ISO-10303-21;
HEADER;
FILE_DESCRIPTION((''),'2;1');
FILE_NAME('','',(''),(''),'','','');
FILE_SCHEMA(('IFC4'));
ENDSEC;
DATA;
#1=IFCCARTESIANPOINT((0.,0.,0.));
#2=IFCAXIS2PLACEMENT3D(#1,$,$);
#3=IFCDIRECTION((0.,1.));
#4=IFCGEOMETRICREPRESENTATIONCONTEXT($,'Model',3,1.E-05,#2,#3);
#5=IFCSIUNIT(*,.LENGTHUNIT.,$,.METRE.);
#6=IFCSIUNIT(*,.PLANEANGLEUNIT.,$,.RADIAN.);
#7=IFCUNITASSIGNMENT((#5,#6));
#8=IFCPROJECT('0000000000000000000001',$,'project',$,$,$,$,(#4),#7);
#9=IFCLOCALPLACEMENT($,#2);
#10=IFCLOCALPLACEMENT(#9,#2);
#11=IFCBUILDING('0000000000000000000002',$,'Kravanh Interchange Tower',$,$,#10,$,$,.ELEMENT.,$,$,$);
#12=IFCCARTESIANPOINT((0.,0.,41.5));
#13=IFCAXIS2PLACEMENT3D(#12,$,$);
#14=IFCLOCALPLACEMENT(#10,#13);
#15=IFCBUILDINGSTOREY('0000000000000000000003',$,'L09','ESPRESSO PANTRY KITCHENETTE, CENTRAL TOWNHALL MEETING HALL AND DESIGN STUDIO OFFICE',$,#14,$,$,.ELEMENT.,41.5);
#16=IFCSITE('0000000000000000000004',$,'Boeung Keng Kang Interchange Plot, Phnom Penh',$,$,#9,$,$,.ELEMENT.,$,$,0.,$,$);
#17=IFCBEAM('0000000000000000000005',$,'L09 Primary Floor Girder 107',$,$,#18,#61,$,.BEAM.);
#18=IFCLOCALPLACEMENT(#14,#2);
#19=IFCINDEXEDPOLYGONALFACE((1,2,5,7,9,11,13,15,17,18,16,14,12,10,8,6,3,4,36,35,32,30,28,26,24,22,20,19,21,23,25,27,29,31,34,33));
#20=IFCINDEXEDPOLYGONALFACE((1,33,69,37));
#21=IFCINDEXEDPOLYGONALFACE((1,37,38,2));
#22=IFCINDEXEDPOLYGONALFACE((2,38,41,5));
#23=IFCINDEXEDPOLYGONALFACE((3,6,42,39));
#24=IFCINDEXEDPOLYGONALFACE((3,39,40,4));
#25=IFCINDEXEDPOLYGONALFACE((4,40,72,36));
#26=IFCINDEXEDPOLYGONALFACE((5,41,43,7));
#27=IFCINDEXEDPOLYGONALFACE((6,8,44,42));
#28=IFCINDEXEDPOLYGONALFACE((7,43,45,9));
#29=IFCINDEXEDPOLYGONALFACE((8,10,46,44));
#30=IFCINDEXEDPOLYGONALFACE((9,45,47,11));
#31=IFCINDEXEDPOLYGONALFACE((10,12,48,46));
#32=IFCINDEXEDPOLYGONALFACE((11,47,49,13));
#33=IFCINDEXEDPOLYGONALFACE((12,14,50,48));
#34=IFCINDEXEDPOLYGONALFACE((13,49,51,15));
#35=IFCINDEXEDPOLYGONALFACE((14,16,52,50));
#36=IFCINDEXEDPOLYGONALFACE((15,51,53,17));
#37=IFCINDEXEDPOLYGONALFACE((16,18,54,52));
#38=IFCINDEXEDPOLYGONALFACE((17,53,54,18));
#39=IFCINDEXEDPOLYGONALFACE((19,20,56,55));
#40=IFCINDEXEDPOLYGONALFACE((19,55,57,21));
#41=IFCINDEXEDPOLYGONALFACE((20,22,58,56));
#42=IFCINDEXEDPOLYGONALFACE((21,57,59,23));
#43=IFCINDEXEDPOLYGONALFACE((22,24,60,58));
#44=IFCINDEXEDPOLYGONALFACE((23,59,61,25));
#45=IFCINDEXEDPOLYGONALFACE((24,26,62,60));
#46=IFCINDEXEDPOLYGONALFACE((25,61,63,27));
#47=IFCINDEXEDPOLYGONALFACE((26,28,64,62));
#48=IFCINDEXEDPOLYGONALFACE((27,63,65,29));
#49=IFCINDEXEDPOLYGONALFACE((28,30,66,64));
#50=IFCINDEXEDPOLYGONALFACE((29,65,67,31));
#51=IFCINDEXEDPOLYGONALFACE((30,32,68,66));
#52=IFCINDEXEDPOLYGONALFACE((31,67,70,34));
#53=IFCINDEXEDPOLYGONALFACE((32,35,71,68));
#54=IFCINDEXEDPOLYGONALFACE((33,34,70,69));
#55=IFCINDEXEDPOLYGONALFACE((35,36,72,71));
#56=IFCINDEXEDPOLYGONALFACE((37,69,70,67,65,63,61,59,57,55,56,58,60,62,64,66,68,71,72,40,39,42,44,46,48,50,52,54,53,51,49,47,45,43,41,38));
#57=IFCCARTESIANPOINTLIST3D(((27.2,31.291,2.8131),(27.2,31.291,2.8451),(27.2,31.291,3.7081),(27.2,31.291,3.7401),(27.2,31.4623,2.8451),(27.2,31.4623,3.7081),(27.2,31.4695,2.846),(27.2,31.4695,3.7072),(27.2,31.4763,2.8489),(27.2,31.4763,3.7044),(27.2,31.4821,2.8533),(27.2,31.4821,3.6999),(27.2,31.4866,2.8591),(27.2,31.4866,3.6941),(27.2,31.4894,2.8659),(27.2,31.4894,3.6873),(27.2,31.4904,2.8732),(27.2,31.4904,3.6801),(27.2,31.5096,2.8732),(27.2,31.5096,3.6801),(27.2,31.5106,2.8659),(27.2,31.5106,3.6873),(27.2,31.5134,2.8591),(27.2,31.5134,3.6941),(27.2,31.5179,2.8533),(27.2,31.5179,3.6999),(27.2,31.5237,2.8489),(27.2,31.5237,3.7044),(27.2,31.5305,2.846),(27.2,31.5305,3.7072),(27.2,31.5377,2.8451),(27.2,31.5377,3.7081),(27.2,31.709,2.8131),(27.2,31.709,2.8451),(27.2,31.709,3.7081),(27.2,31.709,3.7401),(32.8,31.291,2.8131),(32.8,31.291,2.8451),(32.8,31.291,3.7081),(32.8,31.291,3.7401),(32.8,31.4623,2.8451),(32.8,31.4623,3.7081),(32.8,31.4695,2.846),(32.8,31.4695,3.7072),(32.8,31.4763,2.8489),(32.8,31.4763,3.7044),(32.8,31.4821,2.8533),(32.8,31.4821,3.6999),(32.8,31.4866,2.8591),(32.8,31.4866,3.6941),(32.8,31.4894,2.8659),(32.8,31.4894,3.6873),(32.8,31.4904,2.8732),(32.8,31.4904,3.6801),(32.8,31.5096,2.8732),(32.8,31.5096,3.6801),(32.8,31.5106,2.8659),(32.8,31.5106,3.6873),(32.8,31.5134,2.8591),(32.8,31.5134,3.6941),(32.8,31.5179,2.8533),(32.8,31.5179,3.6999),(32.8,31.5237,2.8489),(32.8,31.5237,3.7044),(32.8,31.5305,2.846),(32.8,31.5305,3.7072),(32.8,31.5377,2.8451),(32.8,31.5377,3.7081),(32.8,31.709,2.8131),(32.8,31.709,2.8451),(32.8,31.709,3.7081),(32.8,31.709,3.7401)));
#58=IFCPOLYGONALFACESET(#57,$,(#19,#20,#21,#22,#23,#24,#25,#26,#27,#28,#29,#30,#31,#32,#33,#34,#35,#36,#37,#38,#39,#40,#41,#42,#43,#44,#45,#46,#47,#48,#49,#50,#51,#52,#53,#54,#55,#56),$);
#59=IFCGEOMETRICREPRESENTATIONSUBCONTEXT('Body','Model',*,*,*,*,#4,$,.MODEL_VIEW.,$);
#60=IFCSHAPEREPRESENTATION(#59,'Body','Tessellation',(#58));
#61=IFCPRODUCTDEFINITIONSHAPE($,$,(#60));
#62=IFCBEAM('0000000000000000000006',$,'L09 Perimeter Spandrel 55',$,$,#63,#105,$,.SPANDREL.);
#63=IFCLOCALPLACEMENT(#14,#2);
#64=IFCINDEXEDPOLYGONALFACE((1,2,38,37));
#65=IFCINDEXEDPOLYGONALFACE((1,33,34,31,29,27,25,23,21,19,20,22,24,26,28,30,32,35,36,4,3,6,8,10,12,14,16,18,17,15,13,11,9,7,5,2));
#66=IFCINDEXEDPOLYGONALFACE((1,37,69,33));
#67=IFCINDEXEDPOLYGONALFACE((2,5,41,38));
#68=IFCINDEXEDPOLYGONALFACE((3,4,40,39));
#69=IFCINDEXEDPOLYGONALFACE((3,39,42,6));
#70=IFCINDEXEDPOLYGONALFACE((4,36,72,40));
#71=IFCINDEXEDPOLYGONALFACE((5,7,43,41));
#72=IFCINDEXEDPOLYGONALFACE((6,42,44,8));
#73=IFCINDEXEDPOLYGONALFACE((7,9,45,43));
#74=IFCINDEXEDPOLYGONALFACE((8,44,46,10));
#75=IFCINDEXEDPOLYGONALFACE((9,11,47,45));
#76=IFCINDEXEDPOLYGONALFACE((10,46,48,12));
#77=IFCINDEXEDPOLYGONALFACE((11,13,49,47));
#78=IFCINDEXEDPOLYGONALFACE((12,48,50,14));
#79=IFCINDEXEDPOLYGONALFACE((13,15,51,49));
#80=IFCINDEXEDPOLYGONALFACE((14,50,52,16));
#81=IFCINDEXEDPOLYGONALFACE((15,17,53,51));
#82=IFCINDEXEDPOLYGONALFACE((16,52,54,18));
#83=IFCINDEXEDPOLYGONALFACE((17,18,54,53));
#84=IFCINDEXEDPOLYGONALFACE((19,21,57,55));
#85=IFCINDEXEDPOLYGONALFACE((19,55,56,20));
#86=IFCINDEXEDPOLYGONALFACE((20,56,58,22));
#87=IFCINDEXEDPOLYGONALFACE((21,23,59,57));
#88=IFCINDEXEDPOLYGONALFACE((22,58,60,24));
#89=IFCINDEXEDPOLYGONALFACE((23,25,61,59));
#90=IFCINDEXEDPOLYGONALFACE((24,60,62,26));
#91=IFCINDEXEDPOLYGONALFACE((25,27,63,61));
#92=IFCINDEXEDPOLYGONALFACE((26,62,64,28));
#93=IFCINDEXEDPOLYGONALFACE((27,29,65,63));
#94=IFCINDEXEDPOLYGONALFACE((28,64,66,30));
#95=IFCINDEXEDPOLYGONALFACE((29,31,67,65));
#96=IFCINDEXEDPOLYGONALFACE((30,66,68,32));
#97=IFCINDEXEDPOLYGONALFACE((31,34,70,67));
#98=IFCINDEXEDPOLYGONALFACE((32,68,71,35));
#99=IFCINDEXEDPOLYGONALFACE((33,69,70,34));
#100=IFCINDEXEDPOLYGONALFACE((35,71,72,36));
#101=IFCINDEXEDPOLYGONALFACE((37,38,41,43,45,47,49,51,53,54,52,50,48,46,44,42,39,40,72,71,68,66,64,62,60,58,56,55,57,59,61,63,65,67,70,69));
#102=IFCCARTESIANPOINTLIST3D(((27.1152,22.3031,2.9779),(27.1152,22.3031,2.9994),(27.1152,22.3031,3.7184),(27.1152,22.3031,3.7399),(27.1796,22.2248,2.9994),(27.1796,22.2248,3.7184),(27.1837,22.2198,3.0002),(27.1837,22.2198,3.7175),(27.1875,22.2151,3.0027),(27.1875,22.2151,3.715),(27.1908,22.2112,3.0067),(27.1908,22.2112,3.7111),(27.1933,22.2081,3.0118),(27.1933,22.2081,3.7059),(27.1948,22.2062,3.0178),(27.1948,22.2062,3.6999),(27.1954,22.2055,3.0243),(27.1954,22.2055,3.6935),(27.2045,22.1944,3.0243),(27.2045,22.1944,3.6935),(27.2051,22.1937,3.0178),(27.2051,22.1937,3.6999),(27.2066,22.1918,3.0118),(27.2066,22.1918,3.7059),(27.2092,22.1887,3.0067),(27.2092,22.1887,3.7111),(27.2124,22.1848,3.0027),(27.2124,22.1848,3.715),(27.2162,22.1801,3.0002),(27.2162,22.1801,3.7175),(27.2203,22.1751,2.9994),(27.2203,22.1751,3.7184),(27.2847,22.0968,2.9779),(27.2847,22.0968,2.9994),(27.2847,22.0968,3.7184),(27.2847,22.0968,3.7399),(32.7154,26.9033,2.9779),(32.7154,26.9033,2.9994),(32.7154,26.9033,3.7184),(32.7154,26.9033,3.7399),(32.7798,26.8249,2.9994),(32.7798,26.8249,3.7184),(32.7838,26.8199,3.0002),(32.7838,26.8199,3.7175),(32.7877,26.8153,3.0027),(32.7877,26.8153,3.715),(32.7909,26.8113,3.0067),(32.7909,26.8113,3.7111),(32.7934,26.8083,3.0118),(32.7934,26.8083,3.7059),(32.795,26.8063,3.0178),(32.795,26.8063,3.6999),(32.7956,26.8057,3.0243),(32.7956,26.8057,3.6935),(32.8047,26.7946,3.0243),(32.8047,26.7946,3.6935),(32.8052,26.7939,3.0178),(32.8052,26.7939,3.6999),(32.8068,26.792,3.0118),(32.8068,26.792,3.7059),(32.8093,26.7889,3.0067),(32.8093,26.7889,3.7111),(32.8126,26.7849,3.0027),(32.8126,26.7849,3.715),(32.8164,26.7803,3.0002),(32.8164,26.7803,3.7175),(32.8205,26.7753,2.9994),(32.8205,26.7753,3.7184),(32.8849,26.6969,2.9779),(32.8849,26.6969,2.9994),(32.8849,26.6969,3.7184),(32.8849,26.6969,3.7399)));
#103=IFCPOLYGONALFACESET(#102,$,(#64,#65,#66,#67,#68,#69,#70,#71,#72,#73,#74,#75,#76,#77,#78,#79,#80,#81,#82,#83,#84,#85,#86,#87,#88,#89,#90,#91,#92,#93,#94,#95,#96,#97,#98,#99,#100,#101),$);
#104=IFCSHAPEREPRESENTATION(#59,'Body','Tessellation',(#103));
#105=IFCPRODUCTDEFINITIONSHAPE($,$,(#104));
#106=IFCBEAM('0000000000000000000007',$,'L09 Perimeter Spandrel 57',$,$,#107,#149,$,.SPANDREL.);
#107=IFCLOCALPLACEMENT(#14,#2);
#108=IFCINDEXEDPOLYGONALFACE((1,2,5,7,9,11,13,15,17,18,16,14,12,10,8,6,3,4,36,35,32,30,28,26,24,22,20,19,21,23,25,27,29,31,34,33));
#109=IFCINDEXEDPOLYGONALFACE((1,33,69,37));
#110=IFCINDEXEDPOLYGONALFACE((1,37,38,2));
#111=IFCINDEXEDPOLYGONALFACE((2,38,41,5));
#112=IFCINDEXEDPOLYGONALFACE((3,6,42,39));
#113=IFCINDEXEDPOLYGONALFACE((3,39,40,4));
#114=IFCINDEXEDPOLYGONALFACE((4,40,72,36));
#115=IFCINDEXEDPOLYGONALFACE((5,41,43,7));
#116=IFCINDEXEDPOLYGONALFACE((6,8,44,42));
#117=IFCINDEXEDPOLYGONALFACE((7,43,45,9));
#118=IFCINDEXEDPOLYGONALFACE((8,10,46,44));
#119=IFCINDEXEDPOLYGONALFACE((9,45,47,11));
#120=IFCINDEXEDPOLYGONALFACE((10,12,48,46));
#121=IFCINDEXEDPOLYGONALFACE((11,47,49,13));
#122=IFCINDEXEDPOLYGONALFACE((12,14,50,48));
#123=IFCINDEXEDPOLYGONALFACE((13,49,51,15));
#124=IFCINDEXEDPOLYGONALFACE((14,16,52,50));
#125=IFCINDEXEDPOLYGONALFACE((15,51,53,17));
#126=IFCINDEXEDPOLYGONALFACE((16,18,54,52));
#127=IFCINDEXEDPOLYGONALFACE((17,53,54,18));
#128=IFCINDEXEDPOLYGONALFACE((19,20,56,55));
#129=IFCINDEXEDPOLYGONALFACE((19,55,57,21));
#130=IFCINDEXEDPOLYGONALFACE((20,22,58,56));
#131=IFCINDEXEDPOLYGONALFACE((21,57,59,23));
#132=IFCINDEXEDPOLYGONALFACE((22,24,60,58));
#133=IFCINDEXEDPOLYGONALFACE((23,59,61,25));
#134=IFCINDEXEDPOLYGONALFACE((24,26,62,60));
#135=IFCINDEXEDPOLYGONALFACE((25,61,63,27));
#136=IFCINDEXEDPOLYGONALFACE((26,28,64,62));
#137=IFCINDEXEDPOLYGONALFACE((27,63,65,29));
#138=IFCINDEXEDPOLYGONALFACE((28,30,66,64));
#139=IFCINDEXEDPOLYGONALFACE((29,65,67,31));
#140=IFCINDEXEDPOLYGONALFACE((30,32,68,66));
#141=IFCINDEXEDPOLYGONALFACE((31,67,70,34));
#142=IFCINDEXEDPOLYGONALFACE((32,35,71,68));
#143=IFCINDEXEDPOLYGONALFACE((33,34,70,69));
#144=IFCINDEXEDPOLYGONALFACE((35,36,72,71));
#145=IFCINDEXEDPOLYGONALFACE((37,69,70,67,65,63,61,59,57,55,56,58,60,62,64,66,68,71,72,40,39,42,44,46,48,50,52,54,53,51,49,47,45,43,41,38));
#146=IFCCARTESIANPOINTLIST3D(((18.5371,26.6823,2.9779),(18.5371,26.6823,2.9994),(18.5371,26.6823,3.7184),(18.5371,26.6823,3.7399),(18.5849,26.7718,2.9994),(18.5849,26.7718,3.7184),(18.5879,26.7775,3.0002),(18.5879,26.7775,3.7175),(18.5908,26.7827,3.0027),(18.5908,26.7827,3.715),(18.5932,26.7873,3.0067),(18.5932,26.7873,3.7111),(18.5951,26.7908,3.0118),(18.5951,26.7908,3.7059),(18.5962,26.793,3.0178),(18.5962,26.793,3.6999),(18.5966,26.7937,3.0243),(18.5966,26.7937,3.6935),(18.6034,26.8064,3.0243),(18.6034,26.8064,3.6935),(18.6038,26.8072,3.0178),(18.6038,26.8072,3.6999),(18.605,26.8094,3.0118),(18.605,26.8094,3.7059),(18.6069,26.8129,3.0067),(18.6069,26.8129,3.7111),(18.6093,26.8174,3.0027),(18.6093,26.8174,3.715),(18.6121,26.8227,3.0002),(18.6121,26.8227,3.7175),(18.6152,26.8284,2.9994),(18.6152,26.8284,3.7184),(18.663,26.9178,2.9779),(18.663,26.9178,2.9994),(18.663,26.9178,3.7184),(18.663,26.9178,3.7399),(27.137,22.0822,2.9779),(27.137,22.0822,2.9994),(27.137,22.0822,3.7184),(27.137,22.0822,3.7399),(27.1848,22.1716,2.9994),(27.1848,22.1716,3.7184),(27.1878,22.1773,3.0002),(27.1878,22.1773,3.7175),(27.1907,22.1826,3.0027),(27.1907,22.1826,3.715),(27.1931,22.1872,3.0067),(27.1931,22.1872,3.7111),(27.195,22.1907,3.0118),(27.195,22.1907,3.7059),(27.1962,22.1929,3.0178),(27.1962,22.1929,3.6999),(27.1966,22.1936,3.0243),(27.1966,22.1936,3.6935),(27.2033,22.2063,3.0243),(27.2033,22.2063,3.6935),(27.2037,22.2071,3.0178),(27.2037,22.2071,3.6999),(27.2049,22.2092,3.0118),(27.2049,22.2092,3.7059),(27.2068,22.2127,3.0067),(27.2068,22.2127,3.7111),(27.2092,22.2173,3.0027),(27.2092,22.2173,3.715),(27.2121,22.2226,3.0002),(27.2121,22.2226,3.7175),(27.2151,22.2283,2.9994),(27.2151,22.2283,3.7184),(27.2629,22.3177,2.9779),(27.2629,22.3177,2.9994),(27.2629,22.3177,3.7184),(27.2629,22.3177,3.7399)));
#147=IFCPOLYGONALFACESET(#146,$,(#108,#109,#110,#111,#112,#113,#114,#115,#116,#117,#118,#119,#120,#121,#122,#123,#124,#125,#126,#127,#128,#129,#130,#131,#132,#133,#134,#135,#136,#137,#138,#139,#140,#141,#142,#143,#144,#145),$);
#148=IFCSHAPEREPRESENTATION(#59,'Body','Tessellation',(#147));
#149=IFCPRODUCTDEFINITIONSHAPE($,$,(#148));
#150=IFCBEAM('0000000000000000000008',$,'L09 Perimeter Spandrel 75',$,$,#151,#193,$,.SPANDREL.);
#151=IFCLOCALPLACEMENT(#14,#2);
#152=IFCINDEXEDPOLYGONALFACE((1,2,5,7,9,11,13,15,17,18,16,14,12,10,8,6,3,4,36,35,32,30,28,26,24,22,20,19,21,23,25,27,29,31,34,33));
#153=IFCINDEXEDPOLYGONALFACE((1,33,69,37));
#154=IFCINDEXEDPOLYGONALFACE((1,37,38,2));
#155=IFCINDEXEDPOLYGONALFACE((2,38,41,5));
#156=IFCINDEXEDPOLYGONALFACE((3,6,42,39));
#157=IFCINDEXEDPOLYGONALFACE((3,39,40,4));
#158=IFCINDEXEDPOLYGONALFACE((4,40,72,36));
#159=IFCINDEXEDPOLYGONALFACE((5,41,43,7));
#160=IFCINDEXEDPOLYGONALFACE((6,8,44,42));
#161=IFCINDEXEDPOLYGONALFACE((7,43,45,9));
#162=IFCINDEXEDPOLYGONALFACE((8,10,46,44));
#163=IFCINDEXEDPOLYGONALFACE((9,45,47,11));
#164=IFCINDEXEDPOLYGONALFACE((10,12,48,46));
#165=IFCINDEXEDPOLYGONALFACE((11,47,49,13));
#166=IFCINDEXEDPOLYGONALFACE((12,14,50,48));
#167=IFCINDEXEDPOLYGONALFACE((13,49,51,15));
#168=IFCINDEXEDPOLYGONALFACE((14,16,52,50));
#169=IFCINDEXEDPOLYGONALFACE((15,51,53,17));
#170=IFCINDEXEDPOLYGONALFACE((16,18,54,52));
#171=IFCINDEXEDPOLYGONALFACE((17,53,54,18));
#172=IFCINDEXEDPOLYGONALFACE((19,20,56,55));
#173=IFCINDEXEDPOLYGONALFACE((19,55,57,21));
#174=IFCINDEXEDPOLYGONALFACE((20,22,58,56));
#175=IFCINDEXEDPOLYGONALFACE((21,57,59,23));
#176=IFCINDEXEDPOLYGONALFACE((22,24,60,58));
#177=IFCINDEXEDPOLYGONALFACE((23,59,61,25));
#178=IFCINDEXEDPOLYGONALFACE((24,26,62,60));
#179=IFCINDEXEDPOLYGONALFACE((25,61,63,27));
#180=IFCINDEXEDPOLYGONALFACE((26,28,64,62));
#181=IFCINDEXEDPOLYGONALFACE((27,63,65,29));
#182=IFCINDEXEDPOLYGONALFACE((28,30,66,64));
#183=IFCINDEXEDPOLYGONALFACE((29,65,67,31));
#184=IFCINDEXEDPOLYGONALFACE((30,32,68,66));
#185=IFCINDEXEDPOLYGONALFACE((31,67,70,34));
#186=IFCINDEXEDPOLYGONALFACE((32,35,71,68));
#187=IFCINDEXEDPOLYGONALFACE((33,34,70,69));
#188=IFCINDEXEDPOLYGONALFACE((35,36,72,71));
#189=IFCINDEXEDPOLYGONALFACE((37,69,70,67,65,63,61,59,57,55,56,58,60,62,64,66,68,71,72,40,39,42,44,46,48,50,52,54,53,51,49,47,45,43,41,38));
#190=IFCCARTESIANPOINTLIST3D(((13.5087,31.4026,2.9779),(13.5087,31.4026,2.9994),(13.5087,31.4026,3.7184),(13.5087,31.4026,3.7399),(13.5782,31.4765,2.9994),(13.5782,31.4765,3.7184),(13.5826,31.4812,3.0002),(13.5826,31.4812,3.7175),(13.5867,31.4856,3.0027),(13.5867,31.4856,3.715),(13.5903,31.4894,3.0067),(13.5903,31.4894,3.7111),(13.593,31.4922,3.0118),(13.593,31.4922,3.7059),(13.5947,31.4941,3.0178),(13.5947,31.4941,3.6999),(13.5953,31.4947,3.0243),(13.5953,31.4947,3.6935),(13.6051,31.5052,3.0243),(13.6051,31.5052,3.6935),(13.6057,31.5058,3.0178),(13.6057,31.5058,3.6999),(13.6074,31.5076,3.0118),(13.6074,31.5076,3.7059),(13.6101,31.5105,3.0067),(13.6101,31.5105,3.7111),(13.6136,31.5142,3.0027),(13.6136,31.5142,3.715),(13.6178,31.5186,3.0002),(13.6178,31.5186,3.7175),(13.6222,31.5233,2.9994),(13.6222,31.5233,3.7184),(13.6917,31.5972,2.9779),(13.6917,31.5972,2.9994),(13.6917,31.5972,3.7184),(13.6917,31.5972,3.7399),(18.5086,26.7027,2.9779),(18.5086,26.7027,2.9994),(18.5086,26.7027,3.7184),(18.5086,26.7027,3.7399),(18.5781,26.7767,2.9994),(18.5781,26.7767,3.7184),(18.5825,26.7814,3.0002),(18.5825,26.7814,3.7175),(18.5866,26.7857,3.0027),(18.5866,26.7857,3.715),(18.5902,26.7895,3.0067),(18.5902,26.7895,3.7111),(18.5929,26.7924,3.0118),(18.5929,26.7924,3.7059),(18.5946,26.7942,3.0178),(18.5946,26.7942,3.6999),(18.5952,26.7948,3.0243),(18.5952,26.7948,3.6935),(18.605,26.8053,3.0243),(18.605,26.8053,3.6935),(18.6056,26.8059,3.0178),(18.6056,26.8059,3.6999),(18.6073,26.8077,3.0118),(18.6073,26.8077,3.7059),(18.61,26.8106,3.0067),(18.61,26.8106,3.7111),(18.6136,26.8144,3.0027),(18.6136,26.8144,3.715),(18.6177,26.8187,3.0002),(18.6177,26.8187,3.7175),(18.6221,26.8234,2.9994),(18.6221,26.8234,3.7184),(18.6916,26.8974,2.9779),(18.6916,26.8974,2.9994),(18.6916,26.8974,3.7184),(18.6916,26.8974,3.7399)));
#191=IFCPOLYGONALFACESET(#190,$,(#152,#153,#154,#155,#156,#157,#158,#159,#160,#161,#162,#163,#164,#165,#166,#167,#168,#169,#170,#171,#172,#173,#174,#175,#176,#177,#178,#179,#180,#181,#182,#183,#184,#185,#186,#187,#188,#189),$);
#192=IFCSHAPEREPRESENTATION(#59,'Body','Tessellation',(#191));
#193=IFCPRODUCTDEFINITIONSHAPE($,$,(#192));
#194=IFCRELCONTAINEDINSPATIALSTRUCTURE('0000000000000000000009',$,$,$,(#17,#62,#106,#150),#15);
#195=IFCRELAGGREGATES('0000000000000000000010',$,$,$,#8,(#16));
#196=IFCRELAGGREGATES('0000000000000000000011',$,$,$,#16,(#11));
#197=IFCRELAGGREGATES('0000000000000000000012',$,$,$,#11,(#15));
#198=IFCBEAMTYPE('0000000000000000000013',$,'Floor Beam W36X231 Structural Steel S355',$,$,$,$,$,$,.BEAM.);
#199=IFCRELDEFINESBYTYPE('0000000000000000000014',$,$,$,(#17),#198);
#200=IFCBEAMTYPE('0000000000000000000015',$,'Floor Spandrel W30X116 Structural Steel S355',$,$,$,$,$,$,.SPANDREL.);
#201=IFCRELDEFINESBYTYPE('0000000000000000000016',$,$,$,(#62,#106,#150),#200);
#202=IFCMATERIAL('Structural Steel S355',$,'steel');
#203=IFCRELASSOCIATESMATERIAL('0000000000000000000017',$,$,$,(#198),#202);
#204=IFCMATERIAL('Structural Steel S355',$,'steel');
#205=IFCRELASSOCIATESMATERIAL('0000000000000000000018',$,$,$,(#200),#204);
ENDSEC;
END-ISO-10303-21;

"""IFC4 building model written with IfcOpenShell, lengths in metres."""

from ifc_helpers import new_model, si_unit, direction, frame, origin, origin_2d, place, context, subcontext, project, spatial, i_section, extrude, material, material_profile, profile_set, type_object, element, save


model = new_model("IFC4")

# Units and contexts
model_context = context("Model", 3, precision=1e-05, world=origin(), true_north=direction((0.0, 1.0)))
body_context = subcontext(model_context, "Body", "Model", "MODEL_VIEW")
ifc_project = project(units=[si_unit("LENGTHUNIT", "METRE"), si_unit("PLANEANGLEUNIT", "RADIAN")], contexts=[model_context])

# Site, building, storey
site_placement = place(None, origin())
site = spatial("IfcSite", under=ifc_project, at=site_placement, Name="Boeung Keng Kang Interchange Plot, Phnom Penh", CompositionType="ELEMENT", RefElevation=0.0)
building_placement = place(site_placement, origin())
building = spatial("IfcBuilding", under=site, at=building_placement, Name="Kravanh Interchange Tower", CompositionType="ELEMENT")
storey_placement = place(building_placement, frame((0.0, 0.0, 41.5)))
storey = spatial("IfcBuildingStorey", under=building, at=storey_placement, Name="L09", Description="ESPRESSO PANTRY KITCHENETTE, CENTRAL TOWNHALL MEETING HALL AND DESIGN STUDIO OFFICE", CompositionType="ELEMENT", Elevation=41.5)

# Beams
ifc_material_1 = material(Name="Structural Steel S355", Category="steel")
ifc_material_profile_1 = material_profile(ifc_material_1, i_section(OverallWidth=0.418, OverallDepth=0.927, WebThickness=0.0193, FlangeThickness=0.032, FilletRadius=0.0281, at=origin_2d()), Name="W36X231")
ifc_profile_set_1 = profile_set([ifc_material_profile_1], Name="Structural Steel S355")
beam_type_1 = type_object("IfcBeamType", Name="Floor Beam W36X231 Structural Steel S355", PredefinedType="BEAM", material=ifc_profile_set_1)
beam_1_placement = place(storey_placement, frame((27.2, 31.5, 3.2766), z_axis=(1.0, 0.0, 0.0), x_axis=(0.0, 1.0, 0.0)))
element("IfcBeam", 1, at=beam_1_placement, inside=storey, type_object=beam_type_1, Name="L09 Primary Floor Girder 107", PredefinedType="BEAM", context=body_context, shape_type="SweptSolid", body=[
    extrude(i_section(OverallWidth=0.418, OverallDepth=0.927, WebThickness=0.0193, FlangeThickness=0.032, FilletRadius=0.0281, at=origin_2d()), origin(), (0.0, 0.0, 1.0), 5.6001),
])
ifc_material_2 = material(Name="Structural Steel S355", Category="steel")
ifc_material_profile_2 = material_profile(ifc_material_2, i_section(OverallWidth=0.2671, OverallDepth=0.762, WebThickness=0.0144, FlangeThickness=0.0215, FilletRadius=0.0249, at=origin_2d()), Name="W30X116")
ifc_profile_set_2 = profile_set([ifc_material_profile_2], Name="Structural Steel S355")
beam_type_2 = type_object("IfcBeamType", Name="Floor Spandrel W30X116 Structural Steel S355", PredefinedType="SPANDREL", material=ifc_profile_set_2)
beam_2_placement = place(storey_placement, frame((27.2, 22.2, 3.3589), z_axis=(0.772725, 0.634741, 0.0), x_axis=(-0.634741, 0.772725, 0.0)))
element("IfcBeam", 2, at=beam_2_placement, inside=storey, type_object=beam_type_2, Name="L09 Perimeter Spandrel 55", PredefinedType="SPANDREL", context=body_context, shape_type="SweptSolid", body=[
    extrude(i_section(OverallWidth=0.2671, OverallDepth=0.762, WebThickness=0.0144, FlangeThickness=0.0215, FilletRadius=0.0249, at=origin_2d()), origin(), (0.0, 0.0, 1.0), 7.2473),
])
beam_3_placement = place(storey_placement, frame((27.2, 22.2, 3.3589), z_axis=(-0.881777, 0.471666, 0.0), x_axis=(-0.471666, -0.881777, 0.0)))
element("IfcBeam", 3, at=beam_3_placement, inside=storey, type_object=beam_type_2, Name="L09 Perimeter Spandrel 57", PredefinedType="SPANDREL", context=body_context, shape_type="SweptSolid", body=[
    extrude(i_section(OverallWidth=0.2671, OverallDepth=0.762, WebThickness=0.0144, FlangeThickness=0.0215, FilletRadius=0.0249, at=origin_2d()), origin(), (0.0, 0.0, 1.0), 9.7529),
])
beam_4_placement = place(storey_placement, frame((18.6001, 26.8, 3.3589), z_axis=(-0.728631, 0.684906, 0.0), x_axis=(-0.684906, -0.728631, 0.0)))
element("IfcBeam", 4, at=beam_4_placement, inside=storey, type_object=beam_type_2, Name="L09 Perimeter Spandrel 75", PredefinedType="SPANDREL", context=body_context, shape_type="SweptSolid", body=[
    extrude(i_section(OverallWidth=0.2671, OverallDepth=0.762, WebThickness=0.0144, FlangeThickness=0.0215, FilletRadius=0.0249, at=origin_2d()), origin(), (0.0, 0.0, 1.0), 6.8621),
])

save(model, "model.ifc")
